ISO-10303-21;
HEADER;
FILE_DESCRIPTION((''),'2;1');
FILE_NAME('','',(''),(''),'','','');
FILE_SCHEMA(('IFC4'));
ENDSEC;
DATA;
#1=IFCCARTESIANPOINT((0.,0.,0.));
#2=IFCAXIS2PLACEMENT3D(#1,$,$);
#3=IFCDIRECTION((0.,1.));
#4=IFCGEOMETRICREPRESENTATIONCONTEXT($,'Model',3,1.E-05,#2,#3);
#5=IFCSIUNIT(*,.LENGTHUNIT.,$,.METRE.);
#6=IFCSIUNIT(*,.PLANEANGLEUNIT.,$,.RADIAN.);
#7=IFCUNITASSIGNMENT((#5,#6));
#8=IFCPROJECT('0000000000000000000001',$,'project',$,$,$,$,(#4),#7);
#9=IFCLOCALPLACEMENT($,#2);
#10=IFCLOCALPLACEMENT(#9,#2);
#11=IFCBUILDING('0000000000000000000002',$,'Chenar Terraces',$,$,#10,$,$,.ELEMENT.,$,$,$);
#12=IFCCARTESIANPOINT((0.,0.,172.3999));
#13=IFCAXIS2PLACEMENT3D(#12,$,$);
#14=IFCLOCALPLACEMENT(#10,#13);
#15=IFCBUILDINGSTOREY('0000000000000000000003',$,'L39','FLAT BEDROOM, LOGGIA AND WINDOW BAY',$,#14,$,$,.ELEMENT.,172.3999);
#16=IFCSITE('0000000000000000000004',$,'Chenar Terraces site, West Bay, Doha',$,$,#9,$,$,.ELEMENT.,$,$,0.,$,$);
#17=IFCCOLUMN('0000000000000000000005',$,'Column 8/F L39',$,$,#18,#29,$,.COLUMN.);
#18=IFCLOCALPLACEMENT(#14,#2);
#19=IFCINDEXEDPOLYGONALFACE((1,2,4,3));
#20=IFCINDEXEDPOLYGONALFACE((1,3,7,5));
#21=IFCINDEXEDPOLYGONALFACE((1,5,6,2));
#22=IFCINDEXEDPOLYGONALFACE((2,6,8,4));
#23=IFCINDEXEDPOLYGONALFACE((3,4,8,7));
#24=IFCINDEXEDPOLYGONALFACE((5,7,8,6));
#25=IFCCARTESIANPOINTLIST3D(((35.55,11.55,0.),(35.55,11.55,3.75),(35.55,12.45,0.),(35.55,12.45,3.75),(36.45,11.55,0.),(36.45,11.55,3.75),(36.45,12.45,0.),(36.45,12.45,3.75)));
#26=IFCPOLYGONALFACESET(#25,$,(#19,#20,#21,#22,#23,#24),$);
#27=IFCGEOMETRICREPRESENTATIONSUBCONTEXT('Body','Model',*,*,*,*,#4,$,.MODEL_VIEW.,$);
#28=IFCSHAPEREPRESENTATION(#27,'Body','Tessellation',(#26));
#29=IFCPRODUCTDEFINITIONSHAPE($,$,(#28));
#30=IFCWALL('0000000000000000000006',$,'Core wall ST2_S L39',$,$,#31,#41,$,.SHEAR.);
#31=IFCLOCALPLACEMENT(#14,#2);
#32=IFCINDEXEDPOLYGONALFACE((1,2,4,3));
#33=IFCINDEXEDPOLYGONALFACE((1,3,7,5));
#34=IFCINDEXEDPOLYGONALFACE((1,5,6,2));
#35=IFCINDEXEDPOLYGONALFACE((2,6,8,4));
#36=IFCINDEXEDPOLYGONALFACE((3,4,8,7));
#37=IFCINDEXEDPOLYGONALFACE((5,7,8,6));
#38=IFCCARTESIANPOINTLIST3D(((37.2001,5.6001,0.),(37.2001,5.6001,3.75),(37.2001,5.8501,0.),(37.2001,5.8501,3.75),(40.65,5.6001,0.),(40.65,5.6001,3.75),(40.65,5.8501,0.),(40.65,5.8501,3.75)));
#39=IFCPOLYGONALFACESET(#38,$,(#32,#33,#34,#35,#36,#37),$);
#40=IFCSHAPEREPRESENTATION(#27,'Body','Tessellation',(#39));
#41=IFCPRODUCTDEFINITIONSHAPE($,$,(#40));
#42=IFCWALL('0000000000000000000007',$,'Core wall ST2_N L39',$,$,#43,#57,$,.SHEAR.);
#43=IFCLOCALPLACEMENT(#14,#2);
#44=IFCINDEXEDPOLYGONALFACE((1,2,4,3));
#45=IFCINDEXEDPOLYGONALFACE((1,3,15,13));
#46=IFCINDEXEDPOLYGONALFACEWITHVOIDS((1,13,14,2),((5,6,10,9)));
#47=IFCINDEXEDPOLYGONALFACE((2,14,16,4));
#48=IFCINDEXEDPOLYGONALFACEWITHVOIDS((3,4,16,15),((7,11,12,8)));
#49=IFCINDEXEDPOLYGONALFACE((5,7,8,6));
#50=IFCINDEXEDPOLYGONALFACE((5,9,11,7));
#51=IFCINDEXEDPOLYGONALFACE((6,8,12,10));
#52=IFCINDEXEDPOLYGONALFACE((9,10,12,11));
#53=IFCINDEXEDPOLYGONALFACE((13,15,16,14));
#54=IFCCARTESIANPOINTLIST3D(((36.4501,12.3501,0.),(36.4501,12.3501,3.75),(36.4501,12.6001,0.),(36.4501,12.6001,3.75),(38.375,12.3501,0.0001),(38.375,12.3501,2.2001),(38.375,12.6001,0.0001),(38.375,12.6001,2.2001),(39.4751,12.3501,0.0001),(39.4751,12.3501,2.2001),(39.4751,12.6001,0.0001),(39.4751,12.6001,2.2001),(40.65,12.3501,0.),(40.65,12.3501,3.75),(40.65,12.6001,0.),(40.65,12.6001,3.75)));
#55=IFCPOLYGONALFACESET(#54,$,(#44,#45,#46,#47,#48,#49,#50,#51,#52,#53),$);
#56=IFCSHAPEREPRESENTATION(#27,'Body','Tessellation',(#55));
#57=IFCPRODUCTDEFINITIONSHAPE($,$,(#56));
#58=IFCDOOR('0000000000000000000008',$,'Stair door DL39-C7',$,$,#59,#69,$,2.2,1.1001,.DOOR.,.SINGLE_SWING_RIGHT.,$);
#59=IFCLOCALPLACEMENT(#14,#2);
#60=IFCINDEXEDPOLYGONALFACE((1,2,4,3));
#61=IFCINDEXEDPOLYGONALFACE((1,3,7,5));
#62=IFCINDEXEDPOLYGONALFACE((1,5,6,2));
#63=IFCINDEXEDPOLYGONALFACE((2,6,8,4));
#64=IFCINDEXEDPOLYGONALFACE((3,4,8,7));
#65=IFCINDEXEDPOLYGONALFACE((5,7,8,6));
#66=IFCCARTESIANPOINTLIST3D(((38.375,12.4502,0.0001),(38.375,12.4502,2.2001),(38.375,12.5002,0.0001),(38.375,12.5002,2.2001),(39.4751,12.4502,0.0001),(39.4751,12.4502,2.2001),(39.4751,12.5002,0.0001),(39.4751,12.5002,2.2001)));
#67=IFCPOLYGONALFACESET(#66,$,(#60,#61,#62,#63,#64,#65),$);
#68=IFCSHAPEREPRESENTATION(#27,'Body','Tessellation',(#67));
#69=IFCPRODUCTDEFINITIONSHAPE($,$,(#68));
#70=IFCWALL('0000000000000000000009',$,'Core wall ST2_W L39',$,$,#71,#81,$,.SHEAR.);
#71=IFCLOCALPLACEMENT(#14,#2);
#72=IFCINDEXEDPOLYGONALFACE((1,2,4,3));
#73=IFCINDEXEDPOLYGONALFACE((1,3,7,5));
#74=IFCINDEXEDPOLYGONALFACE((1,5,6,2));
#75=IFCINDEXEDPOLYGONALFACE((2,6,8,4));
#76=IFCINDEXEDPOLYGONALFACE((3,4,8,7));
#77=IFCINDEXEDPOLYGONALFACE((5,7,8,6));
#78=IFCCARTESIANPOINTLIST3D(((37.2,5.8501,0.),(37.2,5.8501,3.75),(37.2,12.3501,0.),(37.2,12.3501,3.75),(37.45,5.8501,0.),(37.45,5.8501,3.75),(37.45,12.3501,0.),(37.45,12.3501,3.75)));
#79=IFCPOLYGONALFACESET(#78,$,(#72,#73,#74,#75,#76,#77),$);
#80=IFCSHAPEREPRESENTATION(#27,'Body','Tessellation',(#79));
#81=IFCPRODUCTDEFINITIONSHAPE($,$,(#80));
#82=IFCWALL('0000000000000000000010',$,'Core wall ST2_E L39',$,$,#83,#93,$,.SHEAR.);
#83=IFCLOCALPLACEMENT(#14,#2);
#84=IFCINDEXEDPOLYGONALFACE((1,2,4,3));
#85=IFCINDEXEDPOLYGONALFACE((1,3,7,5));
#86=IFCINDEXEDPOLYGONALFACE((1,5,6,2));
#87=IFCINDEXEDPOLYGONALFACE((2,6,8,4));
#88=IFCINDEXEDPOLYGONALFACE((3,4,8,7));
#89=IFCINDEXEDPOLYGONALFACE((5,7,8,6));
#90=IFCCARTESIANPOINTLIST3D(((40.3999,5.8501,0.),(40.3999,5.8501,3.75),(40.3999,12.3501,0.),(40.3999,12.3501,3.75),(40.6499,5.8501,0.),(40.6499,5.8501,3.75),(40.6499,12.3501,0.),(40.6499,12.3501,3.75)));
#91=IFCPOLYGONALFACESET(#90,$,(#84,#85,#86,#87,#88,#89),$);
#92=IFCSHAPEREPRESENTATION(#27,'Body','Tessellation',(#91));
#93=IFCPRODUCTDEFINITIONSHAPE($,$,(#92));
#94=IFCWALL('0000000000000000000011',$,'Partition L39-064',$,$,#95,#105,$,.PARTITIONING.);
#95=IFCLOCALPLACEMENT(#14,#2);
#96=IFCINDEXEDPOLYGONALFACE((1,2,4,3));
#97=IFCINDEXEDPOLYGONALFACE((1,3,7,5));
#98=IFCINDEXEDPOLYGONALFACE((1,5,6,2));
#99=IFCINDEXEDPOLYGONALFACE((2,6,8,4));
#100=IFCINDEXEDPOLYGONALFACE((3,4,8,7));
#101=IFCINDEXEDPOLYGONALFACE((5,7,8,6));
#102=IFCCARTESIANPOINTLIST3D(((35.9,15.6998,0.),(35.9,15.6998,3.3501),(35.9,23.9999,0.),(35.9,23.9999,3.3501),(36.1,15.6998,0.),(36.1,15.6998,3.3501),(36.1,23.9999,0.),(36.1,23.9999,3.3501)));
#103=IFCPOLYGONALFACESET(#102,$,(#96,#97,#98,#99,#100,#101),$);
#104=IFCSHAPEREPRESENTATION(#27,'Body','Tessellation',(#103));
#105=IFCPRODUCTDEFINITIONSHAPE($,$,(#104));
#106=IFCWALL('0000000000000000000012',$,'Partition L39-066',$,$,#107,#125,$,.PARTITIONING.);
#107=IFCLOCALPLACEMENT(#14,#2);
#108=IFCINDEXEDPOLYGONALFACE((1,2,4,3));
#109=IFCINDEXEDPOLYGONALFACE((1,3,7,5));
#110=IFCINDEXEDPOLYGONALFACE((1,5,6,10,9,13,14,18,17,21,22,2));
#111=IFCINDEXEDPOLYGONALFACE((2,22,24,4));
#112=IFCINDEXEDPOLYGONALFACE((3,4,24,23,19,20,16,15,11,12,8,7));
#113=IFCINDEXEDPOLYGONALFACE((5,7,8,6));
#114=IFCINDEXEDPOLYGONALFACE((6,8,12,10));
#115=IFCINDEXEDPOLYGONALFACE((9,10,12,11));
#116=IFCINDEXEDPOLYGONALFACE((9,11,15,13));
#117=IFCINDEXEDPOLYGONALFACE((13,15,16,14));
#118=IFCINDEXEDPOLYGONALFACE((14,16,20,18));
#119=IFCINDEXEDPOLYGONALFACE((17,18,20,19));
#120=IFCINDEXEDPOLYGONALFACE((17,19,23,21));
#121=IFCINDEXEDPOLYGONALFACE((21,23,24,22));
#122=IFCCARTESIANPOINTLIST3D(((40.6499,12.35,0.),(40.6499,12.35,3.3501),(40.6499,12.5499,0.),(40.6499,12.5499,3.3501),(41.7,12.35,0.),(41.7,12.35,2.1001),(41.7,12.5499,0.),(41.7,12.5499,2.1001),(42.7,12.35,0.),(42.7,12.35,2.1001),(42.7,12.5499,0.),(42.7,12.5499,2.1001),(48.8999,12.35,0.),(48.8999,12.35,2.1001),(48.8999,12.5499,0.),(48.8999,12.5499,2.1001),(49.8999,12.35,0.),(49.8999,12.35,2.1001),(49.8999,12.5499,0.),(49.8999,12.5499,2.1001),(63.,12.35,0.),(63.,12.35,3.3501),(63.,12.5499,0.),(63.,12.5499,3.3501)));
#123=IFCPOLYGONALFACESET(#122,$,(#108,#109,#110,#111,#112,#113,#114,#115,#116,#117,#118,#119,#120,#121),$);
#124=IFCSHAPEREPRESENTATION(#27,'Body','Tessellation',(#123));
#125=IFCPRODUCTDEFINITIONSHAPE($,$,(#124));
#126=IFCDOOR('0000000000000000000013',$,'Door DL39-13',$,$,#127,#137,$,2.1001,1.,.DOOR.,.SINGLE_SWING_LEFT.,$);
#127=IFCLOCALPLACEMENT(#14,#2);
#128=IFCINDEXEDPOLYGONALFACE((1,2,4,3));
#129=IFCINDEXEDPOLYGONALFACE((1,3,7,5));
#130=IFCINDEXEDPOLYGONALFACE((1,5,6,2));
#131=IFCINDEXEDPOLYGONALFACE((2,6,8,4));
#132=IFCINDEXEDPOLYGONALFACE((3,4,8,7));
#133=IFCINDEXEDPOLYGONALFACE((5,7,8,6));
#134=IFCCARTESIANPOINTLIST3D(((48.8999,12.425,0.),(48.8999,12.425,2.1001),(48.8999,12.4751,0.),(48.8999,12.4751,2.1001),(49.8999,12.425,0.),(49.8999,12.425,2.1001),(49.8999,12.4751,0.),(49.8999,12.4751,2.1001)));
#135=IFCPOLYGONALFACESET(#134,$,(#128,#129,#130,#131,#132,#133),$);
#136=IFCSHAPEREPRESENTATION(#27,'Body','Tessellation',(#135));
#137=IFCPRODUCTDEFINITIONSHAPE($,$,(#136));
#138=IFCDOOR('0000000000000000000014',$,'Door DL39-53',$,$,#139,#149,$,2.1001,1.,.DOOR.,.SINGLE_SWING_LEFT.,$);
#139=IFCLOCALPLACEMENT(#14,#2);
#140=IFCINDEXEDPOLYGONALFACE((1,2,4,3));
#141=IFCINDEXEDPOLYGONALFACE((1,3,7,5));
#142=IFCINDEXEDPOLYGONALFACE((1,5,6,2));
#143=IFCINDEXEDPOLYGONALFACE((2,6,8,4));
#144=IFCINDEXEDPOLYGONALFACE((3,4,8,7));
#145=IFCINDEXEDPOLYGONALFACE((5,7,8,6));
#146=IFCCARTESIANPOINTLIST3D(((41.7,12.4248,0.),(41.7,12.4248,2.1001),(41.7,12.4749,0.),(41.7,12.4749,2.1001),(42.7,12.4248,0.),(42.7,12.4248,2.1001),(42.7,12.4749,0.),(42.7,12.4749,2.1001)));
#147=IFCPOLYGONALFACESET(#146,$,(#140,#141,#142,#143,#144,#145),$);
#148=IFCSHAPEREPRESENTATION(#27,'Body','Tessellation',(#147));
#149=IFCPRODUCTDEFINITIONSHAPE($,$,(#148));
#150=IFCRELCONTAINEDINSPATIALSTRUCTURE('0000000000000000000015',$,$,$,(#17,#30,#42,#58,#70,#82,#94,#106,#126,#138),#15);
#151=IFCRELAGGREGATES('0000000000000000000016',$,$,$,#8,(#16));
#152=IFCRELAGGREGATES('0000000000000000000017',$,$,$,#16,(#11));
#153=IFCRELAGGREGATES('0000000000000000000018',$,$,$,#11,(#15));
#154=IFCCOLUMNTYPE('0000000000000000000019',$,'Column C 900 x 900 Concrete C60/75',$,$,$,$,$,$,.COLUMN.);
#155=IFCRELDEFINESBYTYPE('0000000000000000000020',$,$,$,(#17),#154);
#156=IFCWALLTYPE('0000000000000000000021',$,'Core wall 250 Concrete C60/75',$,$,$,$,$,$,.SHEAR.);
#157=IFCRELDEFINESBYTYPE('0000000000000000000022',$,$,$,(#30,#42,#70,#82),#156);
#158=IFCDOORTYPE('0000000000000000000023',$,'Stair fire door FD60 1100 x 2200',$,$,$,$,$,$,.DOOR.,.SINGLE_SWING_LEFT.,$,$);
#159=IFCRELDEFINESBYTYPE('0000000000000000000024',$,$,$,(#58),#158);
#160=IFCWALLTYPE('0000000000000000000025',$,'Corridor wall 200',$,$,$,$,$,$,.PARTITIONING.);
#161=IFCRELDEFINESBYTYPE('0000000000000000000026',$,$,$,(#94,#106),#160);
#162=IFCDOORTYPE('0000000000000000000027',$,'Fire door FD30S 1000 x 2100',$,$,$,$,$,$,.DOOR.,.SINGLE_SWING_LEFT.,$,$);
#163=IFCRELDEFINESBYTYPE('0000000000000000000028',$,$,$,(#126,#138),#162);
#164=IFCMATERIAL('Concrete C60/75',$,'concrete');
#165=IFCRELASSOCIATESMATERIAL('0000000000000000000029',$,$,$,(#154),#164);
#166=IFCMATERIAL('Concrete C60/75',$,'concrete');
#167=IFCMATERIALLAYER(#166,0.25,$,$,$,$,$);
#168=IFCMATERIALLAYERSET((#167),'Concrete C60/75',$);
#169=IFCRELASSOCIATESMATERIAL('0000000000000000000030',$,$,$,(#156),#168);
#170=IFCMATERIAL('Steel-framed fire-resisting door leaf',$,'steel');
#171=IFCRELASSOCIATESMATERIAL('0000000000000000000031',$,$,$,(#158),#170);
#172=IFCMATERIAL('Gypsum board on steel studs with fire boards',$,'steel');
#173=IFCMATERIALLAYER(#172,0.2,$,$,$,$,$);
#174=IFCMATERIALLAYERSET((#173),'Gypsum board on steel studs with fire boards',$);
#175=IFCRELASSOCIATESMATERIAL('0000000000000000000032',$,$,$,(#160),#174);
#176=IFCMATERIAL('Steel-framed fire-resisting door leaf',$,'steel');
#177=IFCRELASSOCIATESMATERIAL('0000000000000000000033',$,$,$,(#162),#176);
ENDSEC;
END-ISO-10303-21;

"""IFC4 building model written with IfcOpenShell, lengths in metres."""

from ifc_helpers import new_model, si_unit, direction, frame, frame_2d, origin, origin_2d, place, context, subcontext, project, spatial, rectangle, extrude, material, layer, layer_set, material_profile, profile_set, type_object, element, fill, save


model = new_model("IFC4")

# Units and contexts
model_context = context("Model", 3, precision=1e-05, world=origin(), true_north=direction((0.0, 1.0)))
body_context = subcontext(model_context, "Body", "Model", "MODEL_VIEW")
ifc_project = project(units=[si_unit("LENGTHUNIT", "METRE"), si_unit("PLANEANGLEUNIT", "RADIAN")], contexts=[model_context])

# Site, building, storey
site_placement = place(None, origin())
site = spatial("IfcSite", under=ifc_project, at=site_placement, Name="Chenar Terraces site, West Bay, Doha", CompositionType="ELEMENT", RefElevation=0.0)
building_placement = place(site_placement, origin())
building = spatial("IfcBuilding", under=site, at=building_placement, Name="Chenar Terraces", CompositionType="ELEMENT")
storey_placement = place(building_placement, frame((0.0, 0.0, 172.3999)))
storey = spatial("IfcBuildingStorey", under=building, at=storey_placement, Name="L39", Description="FLAT BEDROOM, LOGGIA AND WINDOW BAY", CompositionType="ELEMENT", Elevation=172.3999)

# Column
ifc_material_1 = material(Name="Concrete C60/75", Category="concrete")
ifc_material_profile_1 = material_profile(ifc_material_1, rectangle(XDim=0.8999, YDim=0.8999, at=origin_2d()), Name="C 900 x 900")
ifc_profile_set_1 = profile_set([ifc_material_profile_1], Name="Concrete C60/75")
column_type = type_object("IfcColumnType", Name="Column C 900 x 900 Concrete C60/75", PredefinedType="COLUMN", material=ifc_profile_set_1)
column_placement = place(storey_placement, frame((36.0, 12.0, 0.0), z_axis=(0.0, 0.0, 1.0), x_axis=(1.0, 0.0, 0.0)))
element("IfcColumn", 1, at=column_placement, inside=storey, type_object=column_type, Name="Column 8/F L39", PredefinedType="COLUMN", context=body_context, shape_type="SweptSolid", body=[
    extrude(rectangle(XDim=0.8999, YDim=0.8999, at=origin_2d()), origin(), (0.0, 0.0, 1.0), 3.75),
])

# Wall
ifc_material_2 = material(Name="Concrete C60/75", Category="concrete")
ifc_layer_1 = layer(ifc_material_2, 0.25)
ifc_layer_set_1 = layer_set([ifc_layer_1], Name="Concrete C60/75")
wall_type_1 = type_object("IfcWallType", Name="Core wall 250 Concrete C60/75", PredefinedType="SHEAR", material=ifc_layer_set_1)
wall_1_placement = place(storey_placement, frame((37.2, 5.7251, 0.0), z_axis=(0.0, 0.0, 1.0), x_axis=(1.0, 0.0, 0.0)))
element("IfcWall", 2, at=wall_1_placement, inside=storey, type_object=wall_type_1, Name="Core wall ST2_S L39", PredefinedType="SHEAR", context=body_context, shape_type="SweptSolid", body=[
    extrude(rectangle(XDim=3.45, YDim=0.25, at=frame_2d((1.7251, 0.0))), origin(), (0.0, 0.0, 1.0), 3.75),
])

# Wall, opening, door
wall_2_placement = place(storey_placement, frame((36.45, 12.4751, 0.0), z_axis=(0.0, 0.0, 1.0), x_axis=(1.0, 0.0, 0.0)))
wall_2 = element("IfcWall", 3, at=wall_2_placement, inside=storey, type_object=wall_type_1, Name="Core wall ST2_N L39", PredefinedType="SHEAR", context=body_context, shape_type="SweptSolid", body=[
    extrude(rectangle(XDim=4.2, YDim=0.25, at=frame_2d((2.1001, 0.0))), origin(), (0.0, 0.0, 1.0), 3.75),
])
opening_1_placement = place(wall_2_placement, frame((1.925, 0.0, 0.0)))
opening_1 = element("IfcOpeningElement", 4, at=opening_1_placement, cuts=wall_2, PredefinedType="OPENING", context=body_context, shape_type="SweptSolid", body=[
    extrude(rectangle(XDim=1.1001, YDim=2.2, at=frame_2d((0.55, 1.1001))), frame((0.0, 0.135, 0.0), z_axis=(0.0, -1.0, 0.0), x_axis=(1.0, 0.0, 0.0)), (0.0, 0.0, 1.0), 0.27),
])
ifc_material_3 = material(Name="Steel-framed fire-resisting door leaf", Category="steel")
door_type_1 = type_object("IfcDoorType", Name="Stair fire door FD60 1100 x 2200", OperationType="SINGLE_SWING_LEFT", PredefinedType="DOOR", material=ifc_material_3)
door_1_placement = place(opening_1_placement, frame((1.1001, 0.0, 0.0), z_axis=(0.0, 0.0, 1.0), x_axis=(-1.0, 0.0, 0.0)))
door_1 = element("IfcDoor", 5, at=door_1_placement, inside=storey, type_object=door_type_1, Name="Stair door DL39-C7", OperationType="SINGLE_SWING_RIGHT", OverallHeight=2.2, OverallWidth=1.1001, PredefinedType="DOOR", context=body_context, shape_type="SweptSolid", body=[
    extrude(rectangle(XDim=1.1001, YDim=2.2, at=frame_2d((0.55, 1.1001))), frame((0.0, 0.0249, 0.0), z_axis=(0.0, -1.0, 0.0), x_axis=(1.0, 0.0, 0.0)), (0.0, 0.0, 1.0), 0.05),
])
fill(opening_1, door_1)

# Walls
for number, where, z_axis, x_axis, name in (
    (6, (37.325, 5.8501, 0.0), (0.0, 0.0, 1.0), (0.0, 1.0, 0.0), "Core wall ST2_W L39"),
    (7, (40.5249, 5.8501, 0.0), (0.0, 0.0, 1.0), (0.0, 1.0, 0.0), "Core wall ST2_E L39"),
):
    element("IfcWall", number, at=place(storey_placement, frame(where, z_axis=z_axis, x_axis=x_axis)), inside=storey, type_object=wall_type_1, Name=name, PredefinedType="SHEAR", context=body_context, shape_type="SweptSolid", body=[
        extrude(rectangle(XDim=6.5, YDim=0.25, at=frame_2d((3.25, 0.0))), origin(), (0.0, 0.0, 1.0), 3.75),
    ])
ifc_material_4 = material(Name="Gypsum board on steel studs with fire boards", Category="steel")
ifc_layer_2 = layer(ifc_material_4, 0.2)
ifc_layer_set_2 = layer_set([ifc_layer_2], Name="Gypsum board on steel studs with fire boards")
wall_type_2 = type_object("IfcWallType", Name="Corridor wall 200", PredefinedType="PARTITIONING", material=ifc_layer_set_2)
wall_3_placement = place(storey_placement, frame((36.0, 15.7, 0.0), z_axis=(0.0, 0.0, 1.0), x_axis=(0.0, 1.0, 0.0)))
element("IfcWall", 8, at=wall_3_placement, inside=storey, type_object=wall_type_2, Name="Partition L39-064", PredefinedType="PARTITIONING", context=body_context, shape_type="SweptSolid", body=[
    extrude(rectangle(XDim=8.3, YDim=0.2, at=frame_2d((4.1499, 0.0))), origin(), (0.0, 0.0, 1.0), 3.3501),
])

# Wall, openings, doors
wall_4_placement = place(storey_placement, frame((40.6499, 12.45, 0.0), z_axis=(0.0, 0.0, 1.0), x_axis=(1.0, 0.0, 0.0)))
wall_4 = element("IfcWall", 9, at=wall_4_placement, inside=storey, type_object=wall_type_2, Name="Partition L39-066", PredefinedType="PARTITIONING", context=body_context, shape_type="SweptSolid", body=[
    extrude(rectangle(XDim=22.3501, YDim=0.2, at=frame_2d((11.175, 0.0))), origin(), (0.0, 0.0, 1.0), 3.3501),
])
opening_2_placement = place(wall_4_placement, frame((8.25, 0.0, 0.0)))
opening_2 = element("IfcOpeningElement", 10, at=opening_2_placement, cuts=wall_4, PredefinedType="OPENING", context=body_context, shape_type="SweptSolid", body=[
    extrude(rectangle(XDim=1.0, YDim=2.1001, at=frame_2d((0.5, 1.05))), frame((0.0, 0.1099, 0.0), z_axis=(0.0, -1.0, 0.0), x_axis=(1.0, 0.0, 0.0)), (0.0, 0.0, 1.0), 0.22),
])
opening_3_placement = place(wall_4_placement, frame((1.05, 0.0, 0.0)))
opening_3 = element("IfcOpeningElement", 11, at=opening_3_placement, cuts=wall_4, PredefinedType="OPENING", context=body_context, shape_type="SweptSolid", body=[
    extrude(rectangle(XDim=1.0, YDim=2.1001, at=frame_2d((0.5, 1.05))), frame((0.0, 0.1099, 0.0), z_axis=(0.0, -1.0, 0.0), x_axis=(1.0, 0.0, 0.0)), (0.0, 0.0, 1.0), 0.22),
])
ifc_material_5 = material(Name="Steel-framed fire-resisting door leaf", Category="steel")
door_type_2 = type_object("IfcDoorType", Name="Fire door FD30S 1000 x 2100", OperationType="SINGLE_SWING_LEFT", PredefinedType="DOOR", material=ifc_material_5)
door_2_placement = place(opening_2_placement, frame((1.0, 0.0, 0.0), z_axis=(0.0, 0.0, 1.0), x_axis=(-1.0, 0.0, 0.0)))
door_2 = element("IfcDoor", 12, at=door_2_placement, inside=storey, type_object=door_type_2, Name="Door DL39-13", OperationType="SINGLE_SWING_LEFT", OverallHeight=2.1001, OverallWidth=1.0, PredefinedType="DOOR", context=body_context, shape_type="SweptSolid", body=[
    extrude(rectangle(XDim=1.0, YDim=2.1001, at=frame_2d((0.5, 1.05))), frame((0.0, 0.0249, 0.0), z_axis=(0.0, -1.0, 0.0), x_axis=(1.0, 0.0, 0.0)), (0.0, 0.0, 1.0), 0.05),
])
fill(opening_2, door_2)
door_3_placement = place(opening_3_placement, origin())
door_3 = element("IfcDoor", 13, at=door_3_placement, inside=storey, type_object=door_type_2, Name="Door DL39-53", OperationType="SINGLE_SWING_LEFT", OverallHeight=2.1001, OverallWidth=1.0, PredefinedType="DOOR", context=body_context, shape_type="SweptSolid", body=[
    extrude(rectangle(XDim=1.0, YDim=2.1001, at=frame_2d((0.5, 1.05))), frame((0.0, 0.0249, 0.0), z_axis=(0.0, -1.0, 0.0), x_axis=(1.0, 0.0, 0.0)), (0.0, 0.0, 1.0), 0.05),
])
fill(opening_3, door_3)

save(model, "model.ifc")
